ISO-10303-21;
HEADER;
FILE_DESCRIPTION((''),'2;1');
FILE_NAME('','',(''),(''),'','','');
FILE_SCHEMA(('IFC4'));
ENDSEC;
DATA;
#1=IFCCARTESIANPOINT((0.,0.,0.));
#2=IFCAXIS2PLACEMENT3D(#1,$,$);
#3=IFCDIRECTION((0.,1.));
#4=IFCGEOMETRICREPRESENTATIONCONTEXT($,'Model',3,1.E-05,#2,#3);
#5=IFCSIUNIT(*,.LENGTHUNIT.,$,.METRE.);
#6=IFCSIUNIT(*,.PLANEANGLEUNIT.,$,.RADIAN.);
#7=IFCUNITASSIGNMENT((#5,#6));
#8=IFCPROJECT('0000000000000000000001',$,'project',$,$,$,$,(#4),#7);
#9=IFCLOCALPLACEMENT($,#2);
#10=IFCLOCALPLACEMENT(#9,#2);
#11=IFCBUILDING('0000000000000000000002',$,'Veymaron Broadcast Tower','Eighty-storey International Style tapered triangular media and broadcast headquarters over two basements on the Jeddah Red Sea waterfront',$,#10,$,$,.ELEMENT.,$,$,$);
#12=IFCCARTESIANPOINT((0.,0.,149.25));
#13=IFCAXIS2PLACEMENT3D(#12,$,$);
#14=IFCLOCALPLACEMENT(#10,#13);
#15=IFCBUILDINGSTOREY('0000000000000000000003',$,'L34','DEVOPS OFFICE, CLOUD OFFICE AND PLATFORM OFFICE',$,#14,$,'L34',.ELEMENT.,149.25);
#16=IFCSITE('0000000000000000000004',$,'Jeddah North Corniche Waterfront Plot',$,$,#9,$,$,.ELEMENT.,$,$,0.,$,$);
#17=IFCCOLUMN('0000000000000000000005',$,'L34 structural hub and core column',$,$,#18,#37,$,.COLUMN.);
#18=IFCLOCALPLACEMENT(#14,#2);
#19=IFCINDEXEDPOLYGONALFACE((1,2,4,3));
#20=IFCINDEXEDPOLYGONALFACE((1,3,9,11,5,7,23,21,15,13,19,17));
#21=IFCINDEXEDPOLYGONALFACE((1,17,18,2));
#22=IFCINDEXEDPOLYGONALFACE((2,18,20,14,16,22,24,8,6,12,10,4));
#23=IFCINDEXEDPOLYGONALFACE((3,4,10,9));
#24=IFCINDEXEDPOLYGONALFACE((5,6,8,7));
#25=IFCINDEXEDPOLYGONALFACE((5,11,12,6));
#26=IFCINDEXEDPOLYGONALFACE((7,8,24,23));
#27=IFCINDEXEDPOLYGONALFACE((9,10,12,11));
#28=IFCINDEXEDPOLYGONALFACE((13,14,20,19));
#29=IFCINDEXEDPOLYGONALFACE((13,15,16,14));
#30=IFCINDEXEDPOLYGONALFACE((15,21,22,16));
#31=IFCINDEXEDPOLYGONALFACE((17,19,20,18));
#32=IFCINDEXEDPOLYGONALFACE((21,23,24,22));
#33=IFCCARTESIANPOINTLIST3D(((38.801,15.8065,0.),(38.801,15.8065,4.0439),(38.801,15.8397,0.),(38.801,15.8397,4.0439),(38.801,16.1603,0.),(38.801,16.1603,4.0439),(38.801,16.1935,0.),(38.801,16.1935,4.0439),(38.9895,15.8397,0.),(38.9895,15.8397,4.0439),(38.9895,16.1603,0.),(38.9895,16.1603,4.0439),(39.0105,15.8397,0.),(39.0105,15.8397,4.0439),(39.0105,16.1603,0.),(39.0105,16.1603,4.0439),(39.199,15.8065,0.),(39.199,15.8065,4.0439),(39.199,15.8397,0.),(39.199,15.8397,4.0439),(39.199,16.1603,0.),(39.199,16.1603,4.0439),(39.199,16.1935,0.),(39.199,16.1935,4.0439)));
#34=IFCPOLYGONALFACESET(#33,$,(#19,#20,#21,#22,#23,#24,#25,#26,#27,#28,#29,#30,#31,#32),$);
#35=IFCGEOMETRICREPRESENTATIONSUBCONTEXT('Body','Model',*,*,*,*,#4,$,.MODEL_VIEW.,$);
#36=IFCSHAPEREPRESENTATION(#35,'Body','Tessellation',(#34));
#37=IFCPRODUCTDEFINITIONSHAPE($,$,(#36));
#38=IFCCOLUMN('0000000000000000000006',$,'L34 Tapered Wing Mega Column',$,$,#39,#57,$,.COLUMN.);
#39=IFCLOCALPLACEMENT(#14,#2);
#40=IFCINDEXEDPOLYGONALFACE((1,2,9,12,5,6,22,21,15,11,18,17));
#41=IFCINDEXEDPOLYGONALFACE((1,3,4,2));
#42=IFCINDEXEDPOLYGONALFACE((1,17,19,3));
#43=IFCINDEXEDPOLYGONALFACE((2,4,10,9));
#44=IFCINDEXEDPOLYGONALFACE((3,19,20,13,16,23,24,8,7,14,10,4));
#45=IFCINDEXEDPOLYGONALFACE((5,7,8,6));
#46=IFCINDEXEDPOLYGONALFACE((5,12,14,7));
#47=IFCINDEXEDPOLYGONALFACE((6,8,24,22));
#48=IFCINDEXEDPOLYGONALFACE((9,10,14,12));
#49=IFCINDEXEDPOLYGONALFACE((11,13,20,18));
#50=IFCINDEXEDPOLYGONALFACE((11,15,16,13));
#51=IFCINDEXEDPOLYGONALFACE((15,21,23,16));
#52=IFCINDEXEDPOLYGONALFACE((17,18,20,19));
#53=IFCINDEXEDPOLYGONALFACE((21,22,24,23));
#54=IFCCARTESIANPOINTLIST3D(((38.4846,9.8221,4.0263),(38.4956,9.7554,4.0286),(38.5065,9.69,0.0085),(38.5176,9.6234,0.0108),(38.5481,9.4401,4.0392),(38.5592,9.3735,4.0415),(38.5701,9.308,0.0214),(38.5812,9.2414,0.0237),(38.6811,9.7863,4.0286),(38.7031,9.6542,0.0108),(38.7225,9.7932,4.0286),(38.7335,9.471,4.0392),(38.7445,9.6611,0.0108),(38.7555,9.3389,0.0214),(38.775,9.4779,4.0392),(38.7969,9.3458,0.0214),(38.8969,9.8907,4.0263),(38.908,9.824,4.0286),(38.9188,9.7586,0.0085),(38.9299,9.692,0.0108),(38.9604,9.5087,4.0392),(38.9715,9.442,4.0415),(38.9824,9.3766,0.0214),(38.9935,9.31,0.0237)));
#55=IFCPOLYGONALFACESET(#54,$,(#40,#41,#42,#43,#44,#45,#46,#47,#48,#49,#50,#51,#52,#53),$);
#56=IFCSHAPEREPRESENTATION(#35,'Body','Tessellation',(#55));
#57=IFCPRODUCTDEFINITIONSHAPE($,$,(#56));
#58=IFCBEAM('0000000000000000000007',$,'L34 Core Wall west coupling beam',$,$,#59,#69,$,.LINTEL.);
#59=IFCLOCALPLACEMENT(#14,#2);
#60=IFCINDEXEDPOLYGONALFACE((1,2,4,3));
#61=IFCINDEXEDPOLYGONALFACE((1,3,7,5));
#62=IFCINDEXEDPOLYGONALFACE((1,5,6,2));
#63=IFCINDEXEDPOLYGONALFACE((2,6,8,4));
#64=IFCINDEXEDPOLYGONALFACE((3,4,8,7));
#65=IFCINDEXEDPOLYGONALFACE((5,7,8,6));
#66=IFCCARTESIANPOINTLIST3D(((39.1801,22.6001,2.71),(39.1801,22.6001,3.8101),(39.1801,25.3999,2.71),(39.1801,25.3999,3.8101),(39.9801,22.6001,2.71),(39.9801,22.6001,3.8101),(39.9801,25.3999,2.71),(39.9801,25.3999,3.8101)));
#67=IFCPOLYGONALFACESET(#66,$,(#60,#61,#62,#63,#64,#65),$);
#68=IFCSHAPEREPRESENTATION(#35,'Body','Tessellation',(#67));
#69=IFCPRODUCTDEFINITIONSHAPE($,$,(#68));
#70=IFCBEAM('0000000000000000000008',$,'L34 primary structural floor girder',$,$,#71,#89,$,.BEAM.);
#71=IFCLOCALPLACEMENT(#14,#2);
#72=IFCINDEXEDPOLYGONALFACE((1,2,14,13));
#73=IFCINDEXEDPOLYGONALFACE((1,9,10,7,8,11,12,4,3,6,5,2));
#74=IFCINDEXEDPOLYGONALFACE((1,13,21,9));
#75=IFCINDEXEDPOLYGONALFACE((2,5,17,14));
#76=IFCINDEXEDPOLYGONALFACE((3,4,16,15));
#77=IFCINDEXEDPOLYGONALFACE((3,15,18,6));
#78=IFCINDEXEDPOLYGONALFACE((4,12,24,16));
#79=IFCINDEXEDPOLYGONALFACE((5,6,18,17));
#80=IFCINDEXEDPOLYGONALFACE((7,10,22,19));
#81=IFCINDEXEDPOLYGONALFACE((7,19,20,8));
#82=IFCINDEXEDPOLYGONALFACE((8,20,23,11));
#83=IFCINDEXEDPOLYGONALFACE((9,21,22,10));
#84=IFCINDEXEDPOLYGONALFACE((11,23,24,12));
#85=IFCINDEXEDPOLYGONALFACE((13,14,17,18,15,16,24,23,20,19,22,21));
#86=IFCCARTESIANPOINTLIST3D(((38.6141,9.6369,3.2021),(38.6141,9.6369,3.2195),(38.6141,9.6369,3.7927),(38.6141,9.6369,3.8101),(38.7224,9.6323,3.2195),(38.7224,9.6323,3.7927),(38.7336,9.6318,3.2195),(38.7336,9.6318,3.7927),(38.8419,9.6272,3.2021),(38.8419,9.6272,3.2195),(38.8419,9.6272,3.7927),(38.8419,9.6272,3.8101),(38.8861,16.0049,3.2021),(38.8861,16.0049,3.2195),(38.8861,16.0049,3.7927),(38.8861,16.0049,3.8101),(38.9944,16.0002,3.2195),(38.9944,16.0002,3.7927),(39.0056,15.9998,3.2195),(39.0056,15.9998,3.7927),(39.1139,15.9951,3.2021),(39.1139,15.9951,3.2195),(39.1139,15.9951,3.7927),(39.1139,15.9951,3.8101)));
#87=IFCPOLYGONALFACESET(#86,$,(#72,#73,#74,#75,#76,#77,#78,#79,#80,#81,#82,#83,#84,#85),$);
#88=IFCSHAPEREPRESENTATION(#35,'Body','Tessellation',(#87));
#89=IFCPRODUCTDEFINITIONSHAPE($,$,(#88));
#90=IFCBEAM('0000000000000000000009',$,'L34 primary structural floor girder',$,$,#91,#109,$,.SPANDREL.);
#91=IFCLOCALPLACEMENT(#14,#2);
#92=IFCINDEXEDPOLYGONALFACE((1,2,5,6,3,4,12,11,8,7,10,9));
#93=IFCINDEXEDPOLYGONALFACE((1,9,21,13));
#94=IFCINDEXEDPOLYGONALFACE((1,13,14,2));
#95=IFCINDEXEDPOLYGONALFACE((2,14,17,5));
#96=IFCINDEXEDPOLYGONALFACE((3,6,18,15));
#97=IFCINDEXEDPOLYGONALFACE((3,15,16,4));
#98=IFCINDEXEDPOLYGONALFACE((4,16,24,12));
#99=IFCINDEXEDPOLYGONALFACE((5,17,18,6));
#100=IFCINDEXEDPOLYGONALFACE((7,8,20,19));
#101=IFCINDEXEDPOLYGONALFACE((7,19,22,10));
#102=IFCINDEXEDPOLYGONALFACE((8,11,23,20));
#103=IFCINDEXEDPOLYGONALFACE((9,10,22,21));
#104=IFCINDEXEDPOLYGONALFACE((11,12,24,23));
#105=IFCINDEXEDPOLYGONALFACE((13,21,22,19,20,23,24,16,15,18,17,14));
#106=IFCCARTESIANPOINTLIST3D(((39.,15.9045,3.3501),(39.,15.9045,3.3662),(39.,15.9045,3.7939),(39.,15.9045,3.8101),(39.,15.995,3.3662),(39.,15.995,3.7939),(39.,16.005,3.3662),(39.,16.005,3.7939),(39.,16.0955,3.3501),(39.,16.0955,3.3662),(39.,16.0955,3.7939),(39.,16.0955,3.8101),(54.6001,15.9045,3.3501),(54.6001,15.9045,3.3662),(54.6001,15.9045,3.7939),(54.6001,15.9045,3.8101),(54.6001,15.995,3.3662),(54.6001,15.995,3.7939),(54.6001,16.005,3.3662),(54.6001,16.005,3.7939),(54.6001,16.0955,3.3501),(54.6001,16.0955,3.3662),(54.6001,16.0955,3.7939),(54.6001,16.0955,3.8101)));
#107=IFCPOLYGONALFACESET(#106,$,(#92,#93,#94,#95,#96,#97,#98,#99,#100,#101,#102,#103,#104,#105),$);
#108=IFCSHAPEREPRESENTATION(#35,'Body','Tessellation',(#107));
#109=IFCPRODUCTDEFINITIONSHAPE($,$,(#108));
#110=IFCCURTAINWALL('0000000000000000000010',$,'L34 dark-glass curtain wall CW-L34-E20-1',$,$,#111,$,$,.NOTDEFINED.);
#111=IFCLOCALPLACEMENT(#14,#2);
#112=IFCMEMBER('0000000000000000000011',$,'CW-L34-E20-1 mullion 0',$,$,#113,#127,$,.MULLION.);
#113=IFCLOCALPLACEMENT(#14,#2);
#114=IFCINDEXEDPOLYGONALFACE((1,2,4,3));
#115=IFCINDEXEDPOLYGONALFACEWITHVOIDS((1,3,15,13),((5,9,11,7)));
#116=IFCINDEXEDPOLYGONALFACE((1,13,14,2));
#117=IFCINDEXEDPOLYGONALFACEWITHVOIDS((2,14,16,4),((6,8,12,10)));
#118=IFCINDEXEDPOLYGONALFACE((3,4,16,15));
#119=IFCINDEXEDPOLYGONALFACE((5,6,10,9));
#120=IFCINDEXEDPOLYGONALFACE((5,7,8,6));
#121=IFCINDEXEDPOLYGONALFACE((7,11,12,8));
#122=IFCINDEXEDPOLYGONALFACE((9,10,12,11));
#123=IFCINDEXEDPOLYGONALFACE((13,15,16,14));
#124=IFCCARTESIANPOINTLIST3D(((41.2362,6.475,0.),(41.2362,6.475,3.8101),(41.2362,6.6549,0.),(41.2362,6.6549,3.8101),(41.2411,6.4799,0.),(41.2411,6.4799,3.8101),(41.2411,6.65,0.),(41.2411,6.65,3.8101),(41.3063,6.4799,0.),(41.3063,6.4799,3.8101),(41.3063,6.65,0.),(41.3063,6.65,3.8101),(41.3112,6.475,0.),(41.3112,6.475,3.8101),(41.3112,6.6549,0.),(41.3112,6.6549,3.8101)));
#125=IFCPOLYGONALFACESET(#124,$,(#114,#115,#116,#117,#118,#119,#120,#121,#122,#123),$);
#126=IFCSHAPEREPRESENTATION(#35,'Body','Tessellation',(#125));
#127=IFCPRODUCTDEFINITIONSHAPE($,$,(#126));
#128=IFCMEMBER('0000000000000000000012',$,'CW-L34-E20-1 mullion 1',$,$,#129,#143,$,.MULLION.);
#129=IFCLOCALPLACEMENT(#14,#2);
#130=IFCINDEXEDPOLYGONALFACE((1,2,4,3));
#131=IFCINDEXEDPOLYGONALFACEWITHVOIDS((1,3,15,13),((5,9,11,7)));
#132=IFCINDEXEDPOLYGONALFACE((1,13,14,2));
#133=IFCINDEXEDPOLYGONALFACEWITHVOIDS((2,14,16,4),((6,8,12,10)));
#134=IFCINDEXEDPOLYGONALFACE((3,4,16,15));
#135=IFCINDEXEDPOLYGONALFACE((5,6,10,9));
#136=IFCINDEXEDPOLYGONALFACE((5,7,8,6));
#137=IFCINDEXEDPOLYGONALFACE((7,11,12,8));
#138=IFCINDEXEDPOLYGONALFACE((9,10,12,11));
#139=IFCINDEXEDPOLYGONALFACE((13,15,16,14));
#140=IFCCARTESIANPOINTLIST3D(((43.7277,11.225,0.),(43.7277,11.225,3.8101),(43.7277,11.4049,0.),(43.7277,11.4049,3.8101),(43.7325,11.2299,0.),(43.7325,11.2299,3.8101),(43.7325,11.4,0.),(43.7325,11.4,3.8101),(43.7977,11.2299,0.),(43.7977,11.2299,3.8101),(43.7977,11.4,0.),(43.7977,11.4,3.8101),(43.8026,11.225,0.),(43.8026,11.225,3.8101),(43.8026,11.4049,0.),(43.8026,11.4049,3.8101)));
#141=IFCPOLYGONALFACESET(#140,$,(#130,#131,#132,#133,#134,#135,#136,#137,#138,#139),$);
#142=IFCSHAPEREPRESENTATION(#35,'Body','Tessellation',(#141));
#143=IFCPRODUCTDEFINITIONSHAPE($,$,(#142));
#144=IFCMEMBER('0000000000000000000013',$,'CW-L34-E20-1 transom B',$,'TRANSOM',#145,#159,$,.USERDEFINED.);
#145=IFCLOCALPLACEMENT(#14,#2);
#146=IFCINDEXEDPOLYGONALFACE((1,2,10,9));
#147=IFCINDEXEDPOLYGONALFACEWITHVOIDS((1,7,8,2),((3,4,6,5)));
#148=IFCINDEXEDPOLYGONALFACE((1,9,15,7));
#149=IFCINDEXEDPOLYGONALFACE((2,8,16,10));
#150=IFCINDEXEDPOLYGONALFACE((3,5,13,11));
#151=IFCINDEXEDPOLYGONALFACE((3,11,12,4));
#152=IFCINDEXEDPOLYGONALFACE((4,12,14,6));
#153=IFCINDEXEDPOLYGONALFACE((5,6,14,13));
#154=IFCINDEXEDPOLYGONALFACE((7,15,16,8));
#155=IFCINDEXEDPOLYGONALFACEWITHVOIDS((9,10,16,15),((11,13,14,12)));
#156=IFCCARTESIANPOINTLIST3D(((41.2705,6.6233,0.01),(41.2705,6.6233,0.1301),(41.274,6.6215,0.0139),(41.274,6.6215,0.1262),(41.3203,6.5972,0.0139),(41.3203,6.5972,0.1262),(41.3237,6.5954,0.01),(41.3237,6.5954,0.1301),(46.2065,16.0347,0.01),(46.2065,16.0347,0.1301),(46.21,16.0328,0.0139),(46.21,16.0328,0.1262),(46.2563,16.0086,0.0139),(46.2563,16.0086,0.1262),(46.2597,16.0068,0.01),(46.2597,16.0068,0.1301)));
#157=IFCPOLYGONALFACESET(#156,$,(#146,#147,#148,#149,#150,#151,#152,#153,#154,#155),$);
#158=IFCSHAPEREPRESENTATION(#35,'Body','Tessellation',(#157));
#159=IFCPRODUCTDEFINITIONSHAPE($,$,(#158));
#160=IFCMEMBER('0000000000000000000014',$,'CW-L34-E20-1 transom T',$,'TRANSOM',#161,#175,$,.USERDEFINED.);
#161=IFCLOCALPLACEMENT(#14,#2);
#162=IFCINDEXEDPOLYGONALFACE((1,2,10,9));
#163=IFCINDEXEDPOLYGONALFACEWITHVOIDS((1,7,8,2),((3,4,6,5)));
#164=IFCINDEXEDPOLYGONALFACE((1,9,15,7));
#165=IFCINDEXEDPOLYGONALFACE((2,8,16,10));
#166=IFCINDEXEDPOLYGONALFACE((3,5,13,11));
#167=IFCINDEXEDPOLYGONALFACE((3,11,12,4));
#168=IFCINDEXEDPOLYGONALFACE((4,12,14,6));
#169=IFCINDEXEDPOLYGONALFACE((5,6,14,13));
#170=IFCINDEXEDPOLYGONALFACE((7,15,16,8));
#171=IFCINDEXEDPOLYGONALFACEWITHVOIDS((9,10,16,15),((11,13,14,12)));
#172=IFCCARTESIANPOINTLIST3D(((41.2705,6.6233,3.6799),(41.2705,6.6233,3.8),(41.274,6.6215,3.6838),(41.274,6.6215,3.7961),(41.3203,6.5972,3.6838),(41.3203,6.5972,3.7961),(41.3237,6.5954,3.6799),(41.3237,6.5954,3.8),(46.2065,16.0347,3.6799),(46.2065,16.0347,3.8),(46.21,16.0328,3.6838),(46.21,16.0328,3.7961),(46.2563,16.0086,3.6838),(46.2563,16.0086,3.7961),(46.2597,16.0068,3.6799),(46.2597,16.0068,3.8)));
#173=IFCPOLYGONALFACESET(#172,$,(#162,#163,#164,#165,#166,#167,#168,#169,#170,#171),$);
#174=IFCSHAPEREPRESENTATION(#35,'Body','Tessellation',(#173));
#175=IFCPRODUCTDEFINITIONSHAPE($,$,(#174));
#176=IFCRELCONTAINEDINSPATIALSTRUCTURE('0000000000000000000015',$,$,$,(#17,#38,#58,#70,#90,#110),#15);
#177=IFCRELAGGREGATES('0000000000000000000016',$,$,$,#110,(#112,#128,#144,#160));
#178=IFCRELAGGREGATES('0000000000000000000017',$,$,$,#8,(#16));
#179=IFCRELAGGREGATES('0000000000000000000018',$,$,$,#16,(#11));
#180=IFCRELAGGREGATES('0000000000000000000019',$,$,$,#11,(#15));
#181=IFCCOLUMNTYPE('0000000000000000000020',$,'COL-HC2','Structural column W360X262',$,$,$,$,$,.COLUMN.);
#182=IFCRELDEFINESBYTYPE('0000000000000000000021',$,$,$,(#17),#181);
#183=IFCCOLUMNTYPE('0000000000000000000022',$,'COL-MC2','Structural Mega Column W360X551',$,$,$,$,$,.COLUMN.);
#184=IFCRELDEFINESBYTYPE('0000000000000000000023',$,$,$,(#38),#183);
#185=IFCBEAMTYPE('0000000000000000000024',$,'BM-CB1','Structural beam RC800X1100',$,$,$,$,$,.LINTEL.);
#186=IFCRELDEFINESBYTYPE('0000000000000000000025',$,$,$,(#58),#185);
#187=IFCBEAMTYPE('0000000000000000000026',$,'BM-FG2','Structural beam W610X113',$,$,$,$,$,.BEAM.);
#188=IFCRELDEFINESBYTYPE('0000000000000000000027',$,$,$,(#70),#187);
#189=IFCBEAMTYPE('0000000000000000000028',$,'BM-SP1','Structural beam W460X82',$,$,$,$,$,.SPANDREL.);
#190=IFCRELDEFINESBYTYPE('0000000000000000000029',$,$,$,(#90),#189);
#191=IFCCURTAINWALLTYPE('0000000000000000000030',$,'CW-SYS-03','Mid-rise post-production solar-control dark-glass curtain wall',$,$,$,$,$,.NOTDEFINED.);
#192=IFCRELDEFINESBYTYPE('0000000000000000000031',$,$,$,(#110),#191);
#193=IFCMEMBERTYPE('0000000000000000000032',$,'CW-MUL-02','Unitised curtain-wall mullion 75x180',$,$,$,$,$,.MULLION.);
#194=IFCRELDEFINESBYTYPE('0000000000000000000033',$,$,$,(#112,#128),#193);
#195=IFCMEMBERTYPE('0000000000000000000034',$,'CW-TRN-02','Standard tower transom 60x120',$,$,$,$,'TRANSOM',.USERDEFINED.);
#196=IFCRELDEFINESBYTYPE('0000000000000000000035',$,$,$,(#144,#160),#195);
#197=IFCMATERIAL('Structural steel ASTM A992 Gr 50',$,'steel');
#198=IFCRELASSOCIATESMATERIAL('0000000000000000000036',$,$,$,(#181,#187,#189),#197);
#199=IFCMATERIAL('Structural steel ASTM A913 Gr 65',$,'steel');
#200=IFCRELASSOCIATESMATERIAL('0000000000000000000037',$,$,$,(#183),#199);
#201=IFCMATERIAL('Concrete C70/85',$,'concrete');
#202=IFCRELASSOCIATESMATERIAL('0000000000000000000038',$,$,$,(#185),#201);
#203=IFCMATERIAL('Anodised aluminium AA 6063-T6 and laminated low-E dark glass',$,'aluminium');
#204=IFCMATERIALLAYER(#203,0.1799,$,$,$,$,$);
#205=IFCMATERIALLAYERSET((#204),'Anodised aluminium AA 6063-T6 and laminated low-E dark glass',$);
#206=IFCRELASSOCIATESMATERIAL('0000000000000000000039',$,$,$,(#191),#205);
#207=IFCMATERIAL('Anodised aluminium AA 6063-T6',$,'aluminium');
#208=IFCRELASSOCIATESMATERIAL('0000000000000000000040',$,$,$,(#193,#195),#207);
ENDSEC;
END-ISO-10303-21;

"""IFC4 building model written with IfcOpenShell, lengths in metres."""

from ifc_helpers import new_model, si_unit, direction, frame, origin, origin_2d, place, context, subcontext, project, spatial, rectangle, hollow_rectangle, i_section, extrude, material, layer, layer_set, material_profile, profile_set, type_object, element, aggregate, save


model = new_model("IFC4")

# Units and contexts
model_context = context("Model", 3, precision=1e-05, world=origin(), true_north=direction((0.0, 1.0)))
body_context = subcontext(model_context, "Body", "Model", "MODEL_VIEW")
ifc_project = project(units=[si_unit("LENGTHUNIT", "METRE"), si_unit("PLANEANGLEUNIT", "RADIAN")], contexts=[model_context])

# Site, building, storey
site_placement = place(None, origin())
site = spatial("IfcSite", under=ifc_project, at=site_placement, Name="Jeddah North Corniche Waterfront Plot", CompositionType="ELEMENT", RefElevation=0.0)
building_placement = place(site_placement, origin())
building = spatial("IfcBuilding", under=site, at=building_placement, Name="Veymaron Broadcast Tower", Description="Eighty-storey International Style tapered triangular media and broadcast headquarters over two basements on the Jeddah Red Sea waterfront", CompositionType="ELEMENT")
storey_placement = place(building_placement, frame((0.0, 0.0, 149.25)))
storey = spatial("IfcBuildingStorey", under=building, at=storey_placement, Name="L34", Description="DEVOPS OFFICE, CLOUD OFFICE AND PLATFORM OFFICE", LongName="L34", CompositionType="ELEMENT", Elevation=149.25)

# Columns
ifc_material_1 = material(Name="Structural steel ASTM A992 Gr 50", Category="steel")
ifc_material_profile_1 = material_profile(ifc_material_1, i_section(OverallWidth=0.3979, OverallDepth=0.387, WebThickness=0.021, FlangeThickness=0.0332, at=origin_2d()), Name="W360X262")
ifc_profile_set_1 = profile_set([ifc_material_profile_1], Name="Structural steel ASTM A992 Gr 50")
column_type_1 = type_object("IfcColumnType", Name="COL-HC2", Description="Structural column W360X262", PredefinedType="COLUMN", material=ifc_profile_set_1)
column_1_placement = place(storey_placement, frame((39.0, 16.0, 0.0), z_axis=(0.0, 0.0, 1.0), x_axis=(1.0, 0.0, 0.0)))
element("IfcColumn", 1, at=column_1_placement, inside=storey, type_object=column_type_1, Name="L34 structural hub and core column", PredefinedType="COLUMN", context=body_context, shape_type="SweptSolid", body=[
    extrude(i_section(OverallWidth=0.3979, OverallDepth=0.387, WebThickness=0.021, FlangeThickness=0.0332, at=origin_2d()), origin(), (0.0, 0.0, 1.0), 4.0439),
])
ifc_material_2 = material(Name="Structural steel ASTM A913 Gr 65", Category="steel")
ifc_material_profile_2 = material_profile(ifc_material_2, i_section(OverallWidth=0.418, OverallDepth=0.4551, WebThickness=0.042, FlangeThickness=0.0676, at=origin_2d()), Name="W360X551")
ifc_profile_set_2 = profile_set([ifc_material_profile_2], Name="Structural steel ASTM A913 Gr 65")
column_type_2 = type_object("IfcColumnType", Name="COL-MC2", Description="Structural Mega Column W360X551", PredefinedType="COLUMN", material=ifc_profile_set_2)
column_2_placement = place(storey_placement, frame((38.75, 9.5, 0.0161), z_axis=(-0.005466, 0.032855, 0.999445), x_axis=(-0.986443, -0.164103, 0.0)))
element("IfcColumn", 2, at=column_2_placement, inside=storey, type_object=column_type_2, Name="L34 Tapered Wing Mega Column", PredefinedType="COLUMN", context=body_context, shape_type="SweptSolid", body=[
    extrude(i_section(OverallWidth=0.418, OverallDepth=0.4551, WebThickness=0.042, FlangeThickness=0.0676, at=origin_2d()), origin(), (0.0, 0.0, 1.0), 4.02),
])

# Beams
ifc_material_3 = material(Name="Concrete C70/85", Category="concrete")
ifc_material_profile_3 = material_profile(ifc_material_3, rectangle(XDim=0.8, YDim=1.1001, at=origin_2d()), Name="RC800X1100")
ifc_profile_set_3 = profile_set([ifc_material_profile_3], Name="Concrete C70/85")
beam_type_1 = type_object("IfcBeamType", Name="BM-CB1", Description="Structural beam RC800X1100", PredefinedType="LINTEL", material=ifc_profile_set_3)
beam_1_placement = place(storey_placement, frame((39.5801, 22.6001, 3.26), z_axis=(0.0, 1.0, 0.0), x_axis=(-1.0, 0.0, 0.0)))
element("IfcBeam", 3, at=beam_1_placement, inside=storey, type_object=beam_type_1, Name="L34 Core Wall west coupling beam", PredefinedType="LINTEL", context=body_context, shape_type="SweptSolid", body=[
    extrude(rectangle(XDim=0.8, YDim=1.1001, at=origin_2d()), origin(), (0.0, 0.0, 1.0), 2.7998),
])
ifc_material_profile_4 = material_profile(ifc_material_1, i_section(OverallWidth=0.228, OverallDepth=0.6079, WebThickness=0.0112, FlangeThickness=0.0173, at=origin_2d()), Name="W610X113")
ifc_profile_set_4 = profile_set([ifc_material_profile_4], Name="Structural steel ASTM A992 Gr 50")
beam_type_2 = type_object("IfcBeamType", Name="BM-FG2", Description="Structural beam W610X113", PredefinedType="BEAM", material=ifc_profile_set_4)
beam_2_placement = place(storey_placement, frame((39.0, 16.0, 3.5061), z_axis=(-0.042671, -0.999089, 0.0), x_axis=(0.999089, -0.042671, 0.0)))
element("IfcBeam", 4, at=beam_2_placement, inside=storey, type_object=beam_type_2, Name="L34 primary structural floor girder", PredefinedType="BEAM", context=body_context, shape_type="SweptSolid", body=[
    extrude(i_section(OverallWidth=0.228, OverallDepth=0.6079, WebThickness=0.0112, FlangeThickness=0.0173, at=origin_2d()), origin(), (0.0, 0.0, 1.0), 6.3738),
])
ifc_material_profile_5 = material_profile(ifc_material_1, i_section(OverallWidth=0.1909, OverallDepth=0.46, WebThickness=0.01, FlangeThickness=0.0161, at=origin_2d()), Name="W460X82")
ifc_profile_set_5 = profile_set([ifc_material_profile_5], Name="Structural steel ASTM A992 Gr 50")
beam_type_3 = type_object("IfcBeamType", Name="BM-SP1", Description="Structural beam W460X82", PredefinedType="SPANDREL", material=ifc_profile_set_5)
beam_3_placement = place(storey_placement, frame((39.0, 16.0, 3.5801), z_axis=(1.0, 0.0, 0.0), x_axis=(0.0, 1.0, 0.0)))
element("IfcBeam", 5, at=beam_3_placement, inside=storey, type_object=beam_type_3, Name="L34 primary structural floor girder", PredefinedType="SPANDREL", context=body_context, shape_type="SweptSolid", body=[
    extrude(i_section(OverallWidth=0.1909, OverallDepth=0.46, WebThickness=0.01, FlangeThickness=0.0161, at=origin_2d()), origin(), (0.0, 0.0, 1.0), 15.6001),
])

# Curtain wall, members
ifc_material_4 = material(Name="Anodised aluminium AA 6063-T6 and laminated low-E dark glass", Category="aluminium")
ifc_layer_1 = layer(ifc_material_4, 0.1799)
ifc_layer_set_1 = layer_set([ifc_layer_1], Name="Anodised aluminium AA 6063-T6 and laminated low-E dark glass")
curtain_wall_type = type_object("IfcCurtainWallType", Name="CW-SYS-03", Description="Mid-rise post-production solar-control dark-glass curtain wall", PredefinedType="NOTDEFINED", material=ifc_layer_set_1)
curtain_wall_placement = place(storey_placement, origin())
curtain_wall = element("IfcCurtainWall", 6, at=curtain_wall_placement, inside=storey, type_object=curtain_wall_type, Name="L34 dark-glass curtain wall CW-L34-E20-1", PredefinedType="NOTDEFINED")
ifc_material_5 = material(Name="Anodised aluminium AA 6063-T6", Category="aluminium")
ifc_material_profile_6 = material_profile(ifc_material_5, hollow_rectangle(XDim=0.075, YDim=0.1799, WallThickness=0.0049, at=origin_2d()), Name="AL180X75X5")
ifc_profile_set_6 = profile_set([ifc_material_profile_6], Name="Anodised aluminium AA 6063-T6")
member_type_1 = type_object("IfcMemberType", Name="CW-MUL-02", Description="Unitised curtain-wall mullion 75x180", PredefinedType="MULLION", material=ifc_profile_set_6)
member_1_placement = place(storey_placement, frame((41.2737, 6.5649, 0.0), z_axis=(0.0, 0.0, 1.0), x_axis=(1.0, 0.0, 0.0)))
member_1 = element("IfcMember", 7, at=member_1_placement, type_object=member_type_1, Name="CW-L34-E20-1 mullion 0", PredefinedType="MULLION", context=body_context, shape_type="SweptSolid", body=[
    extrude(hollow_rectangle(XDim=0.075, YDim=0.1799, WallThickness=0.0049, at=origin_2d()), origin(), (0.0, 0.0, 1.0), 3.8101),
])
member_2_placement = place(storey_placement, frame((43.7651, 11.3149, 0.0), z_axis=(0.0, 0.0, 1.0), x_axis=(1.0, 0.0, 0.0)))
member_2 = element("IfcMember", 8, at=member_2_placement, type_object=member_type_1, Name="CW-L34-E20-1 mullion 1", PredefinedType="MULLION", context=body_context, shape_type="SweptSolid", body=[
    extrude(hollow_rectangle(XDim=0.075, YDim=0.1799, WallThickness=0.0049, at=origin_2d()), origin(), (0.0, 0.0, 1.0), 3.8101),
])
ifc_material_profile_7 = material_profile(ifc_material_5, hollow_rectangle(XDim=0.0601, YDim=0.1201, WallThickness=0.0039, at=origin_2d()), Name="AL120X60X4")
ifc_profile_set_7 = profile_set([ifc_material_profile_7], Name="Anodised aluminium AA 6063-T6")
member_type_2 = type_object("IfcMemberType", Name="CW-TRN-02", Description="Standard tower transom 60x120", ElementType="TRANSOM", PredefinedType="USERDEFINED", material=ifc_profile_set_7)
member_3_placement = place(storey_placement, frame((41.2971, 6.6094, 0.0701), z_axis=(0.46447, 0.885589, 0.0), x_axis=(-0.885589, 0.46447, 0.0)))
member_3 = element("IfcMember", 9, at=member_3_placement, type_object=member_type_2, Name="CW-L34-E20-1 transom B", ObjectType="TRANSOM", PredefinedType="USERDEFINED", context=body_context, shape_type="SweptSolid", body=[
    extrude(hollow_rectangle(XDim=0.0601, YDim=0.1201, WallThickness=0.0039, at=origin_2d()), origin(), (0.0, 0.0, 1.0), 10.6272),
])
member_4_placement = place(storey_placement, frame((41.2971, 6.6094, 3.74), z_axis=(0.46447, 0.885589, 0.0), x_axis=(-0.885589, 0.46447, 0.0)))
member_4 = element("IfcMember", 10, at=member_4_placement, type_object=member_type_2, Name="CW-L34-E20-1 transom T", ObjectType="TRANSOM", PredefinedType="USERDEFINED", context=body_context, shape_type="SweptSolid", body=[
    extrude(hollow_rectangle(XDim=0.0601, YDim=0.1201, WallThickness=0.0039, at=origin_2d()), origin(), (0.0, 0.0, 1.0), 10.6272),
])
aggregate(curtain_wall, [member_1, member_2, member_3, member_4])

save(model, "model.ifc")
